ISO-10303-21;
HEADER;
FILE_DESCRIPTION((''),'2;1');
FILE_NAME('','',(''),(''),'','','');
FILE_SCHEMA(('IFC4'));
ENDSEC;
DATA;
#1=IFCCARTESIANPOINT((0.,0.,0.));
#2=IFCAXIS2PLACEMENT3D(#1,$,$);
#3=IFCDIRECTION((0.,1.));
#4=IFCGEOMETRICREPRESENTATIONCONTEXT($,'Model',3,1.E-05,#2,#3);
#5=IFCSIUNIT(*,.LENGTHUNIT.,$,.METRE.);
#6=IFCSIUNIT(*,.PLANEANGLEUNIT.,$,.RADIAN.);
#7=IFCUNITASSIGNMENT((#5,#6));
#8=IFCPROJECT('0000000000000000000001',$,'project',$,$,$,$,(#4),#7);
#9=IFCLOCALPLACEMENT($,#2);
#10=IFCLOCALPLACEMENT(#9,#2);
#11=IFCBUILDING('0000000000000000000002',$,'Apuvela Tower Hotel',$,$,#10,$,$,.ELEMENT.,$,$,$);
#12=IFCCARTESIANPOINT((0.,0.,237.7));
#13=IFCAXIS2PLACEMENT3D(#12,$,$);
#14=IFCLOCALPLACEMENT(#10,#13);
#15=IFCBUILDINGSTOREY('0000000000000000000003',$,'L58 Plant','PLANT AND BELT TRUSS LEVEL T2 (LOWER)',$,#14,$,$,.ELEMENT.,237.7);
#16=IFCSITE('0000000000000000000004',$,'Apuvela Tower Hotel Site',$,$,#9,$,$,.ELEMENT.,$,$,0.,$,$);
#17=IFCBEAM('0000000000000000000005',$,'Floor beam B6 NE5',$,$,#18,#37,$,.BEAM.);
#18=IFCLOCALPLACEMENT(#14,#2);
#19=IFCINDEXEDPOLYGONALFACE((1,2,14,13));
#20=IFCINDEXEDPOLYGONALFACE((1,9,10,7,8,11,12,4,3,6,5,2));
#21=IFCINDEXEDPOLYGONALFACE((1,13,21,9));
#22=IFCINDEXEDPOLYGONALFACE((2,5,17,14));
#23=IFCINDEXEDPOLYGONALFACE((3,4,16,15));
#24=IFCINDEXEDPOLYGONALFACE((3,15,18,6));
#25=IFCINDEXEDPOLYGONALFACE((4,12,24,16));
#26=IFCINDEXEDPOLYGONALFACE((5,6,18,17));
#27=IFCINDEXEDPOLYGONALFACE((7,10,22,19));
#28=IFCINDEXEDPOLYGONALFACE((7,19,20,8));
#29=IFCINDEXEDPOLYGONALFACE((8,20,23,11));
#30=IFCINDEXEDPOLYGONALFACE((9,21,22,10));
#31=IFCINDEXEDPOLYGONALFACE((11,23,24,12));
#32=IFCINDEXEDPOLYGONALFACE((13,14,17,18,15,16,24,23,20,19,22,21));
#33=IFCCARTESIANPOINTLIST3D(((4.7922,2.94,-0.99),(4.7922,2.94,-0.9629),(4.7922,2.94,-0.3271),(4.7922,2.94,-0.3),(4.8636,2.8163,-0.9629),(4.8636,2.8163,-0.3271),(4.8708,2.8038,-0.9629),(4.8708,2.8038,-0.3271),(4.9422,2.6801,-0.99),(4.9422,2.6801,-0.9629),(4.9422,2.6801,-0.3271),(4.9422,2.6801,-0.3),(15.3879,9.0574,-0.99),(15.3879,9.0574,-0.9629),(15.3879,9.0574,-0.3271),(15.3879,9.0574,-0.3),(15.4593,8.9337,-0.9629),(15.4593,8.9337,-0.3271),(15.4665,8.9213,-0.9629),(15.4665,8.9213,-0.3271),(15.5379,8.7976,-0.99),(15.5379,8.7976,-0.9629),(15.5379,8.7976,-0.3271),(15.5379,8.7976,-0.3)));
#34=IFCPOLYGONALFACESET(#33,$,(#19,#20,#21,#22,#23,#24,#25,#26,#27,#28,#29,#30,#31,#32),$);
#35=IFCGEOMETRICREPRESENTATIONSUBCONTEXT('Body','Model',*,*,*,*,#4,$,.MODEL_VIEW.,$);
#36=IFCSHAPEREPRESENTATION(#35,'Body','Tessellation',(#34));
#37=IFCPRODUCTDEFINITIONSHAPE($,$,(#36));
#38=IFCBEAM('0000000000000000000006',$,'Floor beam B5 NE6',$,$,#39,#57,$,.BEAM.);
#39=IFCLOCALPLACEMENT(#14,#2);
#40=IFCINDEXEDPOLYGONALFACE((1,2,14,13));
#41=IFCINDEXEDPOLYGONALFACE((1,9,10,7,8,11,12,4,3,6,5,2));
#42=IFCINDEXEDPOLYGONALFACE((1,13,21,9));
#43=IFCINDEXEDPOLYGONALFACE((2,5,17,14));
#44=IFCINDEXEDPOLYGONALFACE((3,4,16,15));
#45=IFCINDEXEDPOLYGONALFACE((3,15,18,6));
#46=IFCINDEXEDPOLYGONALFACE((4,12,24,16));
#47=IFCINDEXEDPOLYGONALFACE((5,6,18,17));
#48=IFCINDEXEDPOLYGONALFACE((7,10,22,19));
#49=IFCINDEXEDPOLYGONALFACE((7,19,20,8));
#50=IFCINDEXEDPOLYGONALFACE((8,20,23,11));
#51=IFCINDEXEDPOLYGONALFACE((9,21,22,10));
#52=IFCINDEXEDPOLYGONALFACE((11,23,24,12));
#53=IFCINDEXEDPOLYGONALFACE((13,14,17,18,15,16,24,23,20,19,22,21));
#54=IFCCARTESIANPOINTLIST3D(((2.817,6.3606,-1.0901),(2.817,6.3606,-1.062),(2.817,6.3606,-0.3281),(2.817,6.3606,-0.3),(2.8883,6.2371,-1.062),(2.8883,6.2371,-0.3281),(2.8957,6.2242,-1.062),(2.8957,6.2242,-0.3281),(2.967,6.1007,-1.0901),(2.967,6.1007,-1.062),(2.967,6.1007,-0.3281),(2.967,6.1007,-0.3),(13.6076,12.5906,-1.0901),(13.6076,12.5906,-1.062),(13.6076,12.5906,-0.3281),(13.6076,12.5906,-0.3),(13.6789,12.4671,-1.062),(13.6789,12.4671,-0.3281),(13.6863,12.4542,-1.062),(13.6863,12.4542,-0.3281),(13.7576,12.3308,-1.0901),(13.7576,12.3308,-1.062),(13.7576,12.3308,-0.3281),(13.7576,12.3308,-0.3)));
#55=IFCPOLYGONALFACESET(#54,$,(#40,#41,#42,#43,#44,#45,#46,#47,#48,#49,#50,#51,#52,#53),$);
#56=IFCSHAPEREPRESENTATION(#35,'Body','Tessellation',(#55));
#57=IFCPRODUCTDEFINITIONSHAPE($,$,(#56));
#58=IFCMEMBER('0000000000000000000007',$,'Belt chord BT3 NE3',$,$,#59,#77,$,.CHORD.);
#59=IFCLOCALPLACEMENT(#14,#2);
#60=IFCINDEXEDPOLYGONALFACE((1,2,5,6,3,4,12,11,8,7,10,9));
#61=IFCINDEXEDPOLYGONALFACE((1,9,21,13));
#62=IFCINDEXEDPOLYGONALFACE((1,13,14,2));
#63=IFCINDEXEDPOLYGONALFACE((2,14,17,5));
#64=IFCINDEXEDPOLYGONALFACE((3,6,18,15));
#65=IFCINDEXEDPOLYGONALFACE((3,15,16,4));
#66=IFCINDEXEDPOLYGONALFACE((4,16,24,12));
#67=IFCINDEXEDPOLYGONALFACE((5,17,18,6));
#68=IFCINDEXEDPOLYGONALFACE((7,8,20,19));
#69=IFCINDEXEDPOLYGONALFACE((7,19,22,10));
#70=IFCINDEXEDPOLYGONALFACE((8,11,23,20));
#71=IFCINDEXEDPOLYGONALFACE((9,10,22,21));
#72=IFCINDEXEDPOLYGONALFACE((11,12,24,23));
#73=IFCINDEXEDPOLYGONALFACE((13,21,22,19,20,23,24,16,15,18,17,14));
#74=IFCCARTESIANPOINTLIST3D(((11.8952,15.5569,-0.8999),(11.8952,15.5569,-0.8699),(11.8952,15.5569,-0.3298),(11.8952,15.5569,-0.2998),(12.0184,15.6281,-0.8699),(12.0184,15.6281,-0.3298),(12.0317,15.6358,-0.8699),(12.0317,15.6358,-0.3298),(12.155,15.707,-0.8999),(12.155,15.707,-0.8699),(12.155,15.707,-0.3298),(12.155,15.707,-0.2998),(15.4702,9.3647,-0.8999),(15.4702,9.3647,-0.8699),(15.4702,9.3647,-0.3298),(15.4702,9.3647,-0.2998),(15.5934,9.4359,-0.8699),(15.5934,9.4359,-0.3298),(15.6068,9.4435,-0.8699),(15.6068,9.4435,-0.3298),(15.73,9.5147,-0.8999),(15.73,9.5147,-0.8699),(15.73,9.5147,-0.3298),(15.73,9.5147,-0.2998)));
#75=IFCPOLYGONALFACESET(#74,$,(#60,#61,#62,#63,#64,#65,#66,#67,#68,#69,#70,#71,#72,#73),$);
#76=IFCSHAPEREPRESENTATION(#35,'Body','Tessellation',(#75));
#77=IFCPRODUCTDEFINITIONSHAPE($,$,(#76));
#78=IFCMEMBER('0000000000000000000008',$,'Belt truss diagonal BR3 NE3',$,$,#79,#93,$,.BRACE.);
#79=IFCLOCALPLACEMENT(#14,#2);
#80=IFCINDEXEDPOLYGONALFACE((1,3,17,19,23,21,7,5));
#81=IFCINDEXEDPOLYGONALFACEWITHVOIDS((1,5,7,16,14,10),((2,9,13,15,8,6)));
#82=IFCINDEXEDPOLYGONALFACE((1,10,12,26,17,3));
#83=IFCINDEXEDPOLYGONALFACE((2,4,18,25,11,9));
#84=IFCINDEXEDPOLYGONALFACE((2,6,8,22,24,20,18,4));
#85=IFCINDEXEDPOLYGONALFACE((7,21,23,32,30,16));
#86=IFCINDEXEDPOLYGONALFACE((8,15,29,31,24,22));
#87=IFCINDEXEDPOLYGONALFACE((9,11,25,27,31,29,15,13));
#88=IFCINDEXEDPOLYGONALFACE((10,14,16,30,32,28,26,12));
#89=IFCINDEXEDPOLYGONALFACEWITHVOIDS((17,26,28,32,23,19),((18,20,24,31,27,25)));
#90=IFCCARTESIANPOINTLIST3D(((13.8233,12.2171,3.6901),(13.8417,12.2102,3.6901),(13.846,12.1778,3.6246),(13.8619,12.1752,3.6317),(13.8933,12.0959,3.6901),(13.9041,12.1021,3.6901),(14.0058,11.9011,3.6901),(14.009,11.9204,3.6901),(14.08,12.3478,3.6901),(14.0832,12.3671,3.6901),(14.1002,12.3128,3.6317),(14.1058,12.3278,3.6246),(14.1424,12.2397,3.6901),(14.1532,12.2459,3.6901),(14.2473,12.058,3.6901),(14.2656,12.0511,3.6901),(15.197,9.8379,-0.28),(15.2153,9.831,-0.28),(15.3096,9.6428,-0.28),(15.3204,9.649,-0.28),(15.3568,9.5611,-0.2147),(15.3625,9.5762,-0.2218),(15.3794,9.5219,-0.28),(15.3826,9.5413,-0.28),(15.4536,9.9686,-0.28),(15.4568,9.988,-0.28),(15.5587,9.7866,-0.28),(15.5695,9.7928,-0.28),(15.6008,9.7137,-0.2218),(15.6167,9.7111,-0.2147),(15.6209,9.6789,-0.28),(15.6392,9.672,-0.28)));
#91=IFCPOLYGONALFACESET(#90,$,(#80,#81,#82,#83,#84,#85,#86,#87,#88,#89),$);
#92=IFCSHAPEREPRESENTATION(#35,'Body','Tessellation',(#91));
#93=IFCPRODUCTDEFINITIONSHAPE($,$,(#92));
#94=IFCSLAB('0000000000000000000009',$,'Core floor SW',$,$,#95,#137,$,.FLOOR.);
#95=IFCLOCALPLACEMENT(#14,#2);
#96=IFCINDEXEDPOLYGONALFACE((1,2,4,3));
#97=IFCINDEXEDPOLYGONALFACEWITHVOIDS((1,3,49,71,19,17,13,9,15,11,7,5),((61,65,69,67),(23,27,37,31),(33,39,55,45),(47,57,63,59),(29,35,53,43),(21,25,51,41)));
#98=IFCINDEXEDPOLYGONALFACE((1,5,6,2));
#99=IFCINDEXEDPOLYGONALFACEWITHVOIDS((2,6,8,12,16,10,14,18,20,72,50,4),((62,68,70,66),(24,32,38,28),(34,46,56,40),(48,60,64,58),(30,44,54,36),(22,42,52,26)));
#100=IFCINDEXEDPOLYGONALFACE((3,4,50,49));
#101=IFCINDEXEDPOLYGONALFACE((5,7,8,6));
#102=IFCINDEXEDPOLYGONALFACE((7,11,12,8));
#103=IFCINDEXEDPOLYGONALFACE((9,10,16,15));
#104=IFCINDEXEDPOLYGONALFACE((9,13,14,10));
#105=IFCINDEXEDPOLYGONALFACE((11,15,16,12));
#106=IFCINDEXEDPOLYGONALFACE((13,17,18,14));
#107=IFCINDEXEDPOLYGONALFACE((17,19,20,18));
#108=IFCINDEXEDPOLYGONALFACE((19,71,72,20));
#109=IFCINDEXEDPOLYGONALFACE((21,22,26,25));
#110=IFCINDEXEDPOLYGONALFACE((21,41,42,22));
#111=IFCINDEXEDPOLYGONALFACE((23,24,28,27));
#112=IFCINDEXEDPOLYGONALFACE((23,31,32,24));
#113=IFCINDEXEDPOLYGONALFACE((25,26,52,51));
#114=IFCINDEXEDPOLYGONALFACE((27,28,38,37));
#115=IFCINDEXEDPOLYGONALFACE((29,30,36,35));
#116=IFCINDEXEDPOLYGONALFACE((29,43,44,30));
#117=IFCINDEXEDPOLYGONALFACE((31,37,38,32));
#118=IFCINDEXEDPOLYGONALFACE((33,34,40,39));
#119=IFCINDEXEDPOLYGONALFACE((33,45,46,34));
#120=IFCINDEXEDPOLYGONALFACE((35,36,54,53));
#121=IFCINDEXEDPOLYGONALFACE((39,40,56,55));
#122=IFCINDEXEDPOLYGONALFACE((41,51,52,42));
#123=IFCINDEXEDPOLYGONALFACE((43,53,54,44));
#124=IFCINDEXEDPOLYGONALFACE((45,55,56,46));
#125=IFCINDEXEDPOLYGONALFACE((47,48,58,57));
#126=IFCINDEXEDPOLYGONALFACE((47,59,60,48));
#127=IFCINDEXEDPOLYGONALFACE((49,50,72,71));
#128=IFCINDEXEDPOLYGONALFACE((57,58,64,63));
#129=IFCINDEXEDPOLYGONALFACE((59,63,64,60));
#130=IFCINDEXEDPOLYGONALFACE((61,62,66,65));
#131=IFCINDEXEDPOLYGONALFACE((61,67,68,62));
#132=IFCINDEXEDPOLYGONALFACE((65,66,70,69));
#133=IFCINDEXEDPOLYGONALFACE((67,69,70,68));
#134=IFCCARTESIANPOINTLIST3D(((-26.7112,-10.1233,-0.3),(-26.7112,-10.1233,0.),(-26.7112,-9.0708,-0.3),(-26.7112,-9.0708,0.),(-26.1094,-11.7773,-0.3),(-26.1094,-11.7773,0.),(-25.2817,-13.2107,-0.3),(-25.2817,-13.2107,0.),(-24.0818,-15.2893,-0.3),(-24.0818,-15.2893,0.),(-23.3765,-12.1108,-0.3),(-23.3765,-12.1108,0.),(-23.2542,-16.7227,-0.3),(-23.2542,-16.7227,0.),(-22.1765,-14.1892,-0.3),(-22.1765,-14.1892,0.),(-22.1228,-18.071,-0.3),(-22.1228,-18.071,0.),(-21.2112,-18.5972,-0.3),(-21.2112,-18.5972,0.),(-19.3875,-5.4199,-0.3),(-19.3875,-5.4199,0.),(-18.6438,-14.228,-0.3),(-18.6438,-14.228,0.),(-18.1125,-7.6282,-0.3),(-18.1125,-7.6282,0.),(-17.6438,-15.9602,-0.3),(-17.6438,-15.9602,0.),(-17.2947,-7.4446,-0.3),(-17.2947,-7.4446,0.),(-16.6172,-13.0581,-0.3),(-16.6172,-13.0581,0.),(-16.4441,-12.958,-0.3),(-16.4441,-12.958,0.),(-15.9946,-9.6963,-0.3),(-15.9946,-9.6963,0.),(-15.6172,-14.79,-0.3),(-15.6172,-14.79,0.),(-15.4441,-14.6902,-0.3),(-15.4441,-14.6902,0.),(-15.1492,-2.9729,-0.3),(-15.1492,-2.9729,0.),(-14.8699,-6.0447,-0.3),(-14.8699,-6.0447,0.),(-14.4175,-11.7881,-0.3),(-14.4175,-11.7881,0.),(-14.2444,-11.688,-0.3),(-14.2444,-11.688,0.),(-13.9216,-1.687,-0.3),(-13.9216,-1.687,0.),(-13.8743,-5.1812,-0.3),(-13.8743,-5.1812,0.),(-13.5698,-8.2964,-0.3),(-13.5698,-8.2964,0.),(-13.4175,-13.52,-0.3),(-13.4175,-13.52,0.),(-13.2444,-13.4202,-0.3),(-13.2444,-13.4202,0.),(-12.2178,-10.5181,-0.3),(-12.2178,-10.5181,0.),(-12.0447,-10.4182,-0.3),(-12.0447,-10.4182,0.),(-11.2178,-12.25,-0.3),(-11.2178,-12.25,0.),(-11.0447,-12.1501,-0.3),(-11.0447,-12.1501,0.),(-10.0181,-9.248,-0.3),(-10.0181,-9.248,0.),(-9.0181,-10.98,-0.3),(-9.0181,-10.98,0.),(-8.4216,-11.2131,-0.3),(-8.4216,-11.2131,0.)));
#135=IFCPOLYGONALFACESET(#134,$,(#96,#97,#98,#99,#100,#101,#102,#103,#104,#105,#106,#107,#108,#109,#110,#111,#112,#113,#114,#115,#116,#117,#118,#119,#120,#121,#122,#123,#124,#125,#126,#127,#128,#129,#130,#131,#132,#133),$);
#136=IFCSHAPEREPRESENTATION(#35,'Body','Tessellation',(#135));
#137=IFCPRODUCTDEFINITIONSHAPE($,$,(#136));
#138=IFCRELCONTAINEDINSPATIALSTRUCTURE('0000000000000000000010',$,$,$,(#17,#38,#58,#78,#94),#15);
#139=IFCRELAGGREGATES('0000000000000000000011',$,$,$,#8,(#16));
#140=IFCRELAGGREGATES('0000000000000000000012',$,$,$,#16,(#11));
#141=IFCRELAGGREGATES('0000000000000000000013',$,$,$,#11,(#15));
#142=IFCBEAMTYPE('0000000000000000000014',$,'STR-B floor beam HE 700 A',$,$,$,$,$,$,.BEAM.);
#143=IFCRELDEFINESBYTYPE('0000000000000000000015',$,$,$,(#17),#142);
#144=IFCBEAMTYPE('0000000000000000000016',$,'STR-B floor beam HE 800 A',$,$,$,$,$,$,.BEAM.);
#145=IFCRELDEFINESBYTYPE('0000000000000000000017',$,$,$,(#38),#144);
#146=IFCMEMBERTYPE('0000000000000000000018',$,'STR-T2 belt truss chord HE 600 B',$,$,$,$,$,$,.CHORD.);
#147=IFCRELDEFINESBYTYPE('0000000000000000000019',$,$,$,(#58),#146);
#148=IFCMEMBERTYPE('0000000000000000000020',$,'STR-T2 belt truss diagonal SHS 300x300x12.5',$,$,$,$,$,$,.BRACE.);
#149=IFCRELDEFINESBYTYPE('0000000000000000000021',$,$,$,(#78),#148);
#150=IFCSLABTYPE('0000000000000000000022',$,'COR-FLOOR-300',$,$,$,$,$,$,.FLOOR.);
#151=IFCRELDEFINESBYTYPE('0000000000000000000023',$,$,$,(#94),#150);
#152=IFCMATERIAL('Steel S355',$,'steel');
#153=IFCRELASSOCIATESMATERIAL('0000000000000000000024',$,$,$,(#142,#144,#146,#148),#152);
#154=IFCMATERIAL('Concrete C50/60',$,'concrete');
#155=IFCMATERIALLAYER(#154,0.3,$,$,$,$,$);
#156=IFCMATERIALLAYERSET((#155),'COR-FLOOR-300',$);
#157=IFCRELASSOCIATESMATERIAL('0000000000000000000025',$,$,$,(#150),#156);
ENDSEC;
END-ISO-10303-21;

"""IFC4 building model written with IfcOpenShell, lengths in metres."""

from ifc_helpers import new_model, si_unit, direction, frame, origin, origin_2d, place, context, subcontext, project, spatial, polyline, hollow_rectangle, i_section, outline, extrude, boolean, halfspace, material, layer, layer_set, material_profile, profile_set, type_object, element, save


model = new_model("IFC4")

# Units and contexts
model_context = context("Model", 3, precision=1e-05, world=origin(), true_north=direction((0.0, 1.0)))
body_context = subcontext(model_context, "Body", "Model", "MODEL_VIEW")
ifc_project = project(units=[si_unit("LENGTHUNIT", "METRE"), si_unit("PLANEANGLEUNIT", "RADIAN")], contexts=[model_context])

# Site, building, storey
site_placement = place(None, origin())
site = spatial("IfcSite", under=ifc_project, at=site_placement, Name="Apuvela Tower Hotel Site", CompositionType="ELEMENT", RefElevation=0.0)
building_placement = place(site_placement, origin())
building = spatial("IfcBuilding", under=site, at=building_placement, Name="Apuvela Tower Hotel", CompositionType="ELEMENT")
storey_placement = place(building_placement, frame((0.0, 0.0, 237.7)))
storey = spatial("IfcBuildingStorey", under=building, at=storey_placement, Name="L58 Plant", Description="PLANT AND BELT TRUSS LEVEL T2 (LOWER)", CompositionType="ELEMENT", Elevation=237.7)

# Beams
ifc_material_1 = material(Name="Steel S355", Category="steel")
ifc_material_profile_1 = material_profile(ifc_material_1, i_section(OverallWidth=0.3, OverallDepth=0.6899, WebThickness=0.0144, FlangeThickness=0.0271, at=origin_2d()), Name="HE 700 A")
ifc_profile_set_1 = profile_set([ifc_material_profile_1], Name="Steel S355")
beam_type_1 = type_object("IfcBeamType", Name="STR-B floor beam HE 700 A", PredefinedType="BEAM", material=ifc_profile_set_1)
beam_1_placement = place(storey_placement, frame((15.4629, 8.9275, -0.645), z_axis=(-0.866025, -0.5, 0.0), x_axis=(0.5, -0.866025, 0.0)))
element("IfcBeam", 1, at=beam_1_placement, inside=storey, type_object=beam_type_1, Name="Floor beam B6 NE5", PredefinedType="BEAM", context=body_context, shape_type="SweptSolid", body=[
    extrude(i_section(OverallWidth=0.3, OverallDepth=0.6899, WebThickness=0.0144, FlangeThickness=0.0271, at=origin_2d()), origin(), (0.0, 0.0, 1.0), 12.2349),
])
ifc_material_profile_2 = material_profile(ifc_material_1, i_section(OverallWidth=0.3, OverallDepth=0.79, WebThickness=0.0149, FlangeThickness=0.0281, at=origin_2d()), Name="HE 800 A")
ifc_profile_set_2 = profile_set([ifc_material_profile_2], Name="Steel S355")
beam_type_2 = type_object("IfcBeamType", Name="STR-B floor beam HE 800 A", PredefinedType="BEAM", material=ifc_profile_set_2)
beam_2_placement = place(storey_placement, frame((13.6826, 12.4607, -0.6951), z_axis=(-0.866023, -0.500004, 0.0), x_axis=(0.500004, -0.866023, 0.0)))
element("IfcBeam", 2, at=beam_2_placement, inside=storey, type_object=beam_type_2, Name="Floor beam B5 NE6", PredefinedType="BEAM", context=body_context, shape_type="SweptSolid", body=[
    extrude(i_section(OverallWidth=0.3, OverallDepth=0.79, WebThickness=0.0149, FlangeThickness=0.0281, at=origin_2d()), origin(), (0.0, 0.0, 1.0), 12.46),
])

# Members
ifc_material_profile_3 = material_profile(ifc_material_1, i_section(OverallWidth=0.3, OverallDepth=0.6001, WebThickness=0.0154, FlangeThickness=0.03, at=origin_2d()), Name="HE 600 B")
ifc_profile_set_3 = profile_set([ifc_material_profile_3], Name="Steel S355")
member_type_1 = type_object("IfcMemberType", Name="STR-T2 belt truss chord HE 600 B", PredefinedType="CHORD", material=ifc_profile_set_3)
member_1_placement = place(storey_placement, frame((15.6001, 9.4397, -0.5999), z_axis=(-0.499991, 0.86603, 0.0), x_axis=(-0.86603, -0.499991, 0.0)))
element("IfcMember", 3, at=member_1_placement, inside=storey, type_object=member_type_1, Name="Belt chord BT3 NE3", PredefinedType="CHORD", context=body_context, shape_type="SweptSolid", body=[
    extrude(i_section(OverallWidth=0.3, OverallDepth=0.6001, WebThickness=0.0154, FlangeThickness=0.03, at=origin_2d()), origin(), (0.0, 0.0, 1.0), 7.1501),
])
ifc_material_profile_4 = material_profile(ifc_material_1, hollow_rectangle(XDim=0.3, YDim=0.3, WallThickness=0.0125, at=origin_2d()), Name="SHS 300x300x12.5")
ifc_profile_set_4 = profile_set([ifc_material_profile_4], Name="Steel S355")
member_type_2 = type_object("IfcMemberType", Name="STR-T2 belt truss diagonal SHS 300x300x12.5", PredefinedType="BRACE", material=ifc_profile_set_4)
member_2_placement = place(storey_placement, frame((15.425, 9.7429, -0.3), z_axis=(-0.284519, 0.49279, 0.822318), x_axis=(0.411167, -0.712144, 0.569028)))
solid = boolean("DIFFERENCE", boolean("DIFFERENCE", extrude(hollow_rectangle(XDim=0.3, YDim=0.3, WallThickness=0.0125, at=origin_2d()), frame((0.0, 0.0, -0.2239)), (0.0, 0.0, 1.0), 5.324), halfspace(frame((0.0, 0.0, 0.0244), z_axis=(0.569028, 0.0, 0.822318), x_axis=(0.822318, 0.0, -0.569028)), True)), halfspace(frame((0.0, 0.0, 4.8523), z_axis=(0.569028, 0.0, 0.822318), x_axis=(0.822318, 0.0, -0.569028)), False))
element("IfcMember", 4, at=member_2_placement, inside=storey, type_object=member_type_2, Name="Belt truss diagonal BR3 NE3", PredefinedType="BRACE", context=body_context, shape_type="SweptSolid", body=[
    boolean("UNION", boolean("DIFFERENCE", boolean("DIFFERENCE", extrude(hollow_rectangle(XDim=0.3, YDim=0.3, WallThickness=0.0125, at=origin_2d()), origin(), (0.0, 0.0, 1.0), 4.8765), halfspace(frame((0.0, 0.0, 0.0244), z_axis=(0.569028, 0.0, 0.822318), x_axis=(0.822318, 0.0, -0.569028)), True)), halfspace(frame((0.0, 0.0, 4.8523), z_axis=(0.569028, 0.0, 0.822318), x_axis=(0.822318, 0.0, -0.569028)), False)), solid),
])

# Slab
ifc_material_2 = material(Name="Concrete C50/60", Category="concrete")
ifc_layer_1 = layer(ifc_material_2, 0.3)
ifc_layer_set_1 = layer_set([ifc_layer_1], Name="COR-FLOOR-300")
slab_type_1 = type_object("IfcSlabType", Name="COR-FLOOR-300", PredefinedType="FLOOR", material=ifc_layer_set_1)
slab_1_placement = place(storey_placement, frame((0.0, 0.0, -0.3)))
element("IfcSlab", 5, at=slab_1_placement, inside=storey, type_object=slab_type_1, Name="Core floor SW", PredefinedType="FLOOR", context=body_context, shape_type="SweptSolid", body=[
    extrude(outline(polyline([(-26.7112, -9.0708), (-26.7112, -10.1233), (-26.1094, -11.7773), (-25.2817, -13.2107), (-23.3765, -12.1108), (-22.1765, -14.1892), (-24.0818, -15.2893), (-23.2542, -16.7227), (-22.1228, -18.071), (-21.2112, -18.5972), (-8.4216, -11.2131), (-13.9216, -1.687), (-26.7112, -9.0708)]), holes=[polyline([(-10.0181, -9.248), (-9.0181, -10.98), (-11.0447, -12.1501), (-12.0447, -10.4182), (-10.0181, -9.248)]), polyline([(-14.2444, -11.688), (-12.2178, -10.5181), (-11.2178, -12.25), (-13.2444, -13.4202), (-14.2444, -11.688)]), polyline([(-19.3875, -5.4199), (-15.1492, -2.9729), (-13.8743, -5.1812), (-18.1125, -7.6282), (-19.3875, -5.4199)]), polyline([(-14.8699, -6.0447), (-13.5698, -8.2964), (-15.9946, -9.6963), (-17.2947, -7.4446), (-14.8699, -6.0447)]), polyline([(-16.4441, -12.958), (-14.4175, -11.7881), (-13.4175, -13.52), (-15.4441, -14.6902), (-16.4441, -12.958)]), polyline([(-18.6438, -14.228), (-16.6172, -13.0581), (-15.6172, -14.79), (-17.6438, -15.9602), (-18.6438, -14.228)])]), origin(), (0.0, 0.0, 1.0), 0.3),
])

save(model, "model.ifc")
